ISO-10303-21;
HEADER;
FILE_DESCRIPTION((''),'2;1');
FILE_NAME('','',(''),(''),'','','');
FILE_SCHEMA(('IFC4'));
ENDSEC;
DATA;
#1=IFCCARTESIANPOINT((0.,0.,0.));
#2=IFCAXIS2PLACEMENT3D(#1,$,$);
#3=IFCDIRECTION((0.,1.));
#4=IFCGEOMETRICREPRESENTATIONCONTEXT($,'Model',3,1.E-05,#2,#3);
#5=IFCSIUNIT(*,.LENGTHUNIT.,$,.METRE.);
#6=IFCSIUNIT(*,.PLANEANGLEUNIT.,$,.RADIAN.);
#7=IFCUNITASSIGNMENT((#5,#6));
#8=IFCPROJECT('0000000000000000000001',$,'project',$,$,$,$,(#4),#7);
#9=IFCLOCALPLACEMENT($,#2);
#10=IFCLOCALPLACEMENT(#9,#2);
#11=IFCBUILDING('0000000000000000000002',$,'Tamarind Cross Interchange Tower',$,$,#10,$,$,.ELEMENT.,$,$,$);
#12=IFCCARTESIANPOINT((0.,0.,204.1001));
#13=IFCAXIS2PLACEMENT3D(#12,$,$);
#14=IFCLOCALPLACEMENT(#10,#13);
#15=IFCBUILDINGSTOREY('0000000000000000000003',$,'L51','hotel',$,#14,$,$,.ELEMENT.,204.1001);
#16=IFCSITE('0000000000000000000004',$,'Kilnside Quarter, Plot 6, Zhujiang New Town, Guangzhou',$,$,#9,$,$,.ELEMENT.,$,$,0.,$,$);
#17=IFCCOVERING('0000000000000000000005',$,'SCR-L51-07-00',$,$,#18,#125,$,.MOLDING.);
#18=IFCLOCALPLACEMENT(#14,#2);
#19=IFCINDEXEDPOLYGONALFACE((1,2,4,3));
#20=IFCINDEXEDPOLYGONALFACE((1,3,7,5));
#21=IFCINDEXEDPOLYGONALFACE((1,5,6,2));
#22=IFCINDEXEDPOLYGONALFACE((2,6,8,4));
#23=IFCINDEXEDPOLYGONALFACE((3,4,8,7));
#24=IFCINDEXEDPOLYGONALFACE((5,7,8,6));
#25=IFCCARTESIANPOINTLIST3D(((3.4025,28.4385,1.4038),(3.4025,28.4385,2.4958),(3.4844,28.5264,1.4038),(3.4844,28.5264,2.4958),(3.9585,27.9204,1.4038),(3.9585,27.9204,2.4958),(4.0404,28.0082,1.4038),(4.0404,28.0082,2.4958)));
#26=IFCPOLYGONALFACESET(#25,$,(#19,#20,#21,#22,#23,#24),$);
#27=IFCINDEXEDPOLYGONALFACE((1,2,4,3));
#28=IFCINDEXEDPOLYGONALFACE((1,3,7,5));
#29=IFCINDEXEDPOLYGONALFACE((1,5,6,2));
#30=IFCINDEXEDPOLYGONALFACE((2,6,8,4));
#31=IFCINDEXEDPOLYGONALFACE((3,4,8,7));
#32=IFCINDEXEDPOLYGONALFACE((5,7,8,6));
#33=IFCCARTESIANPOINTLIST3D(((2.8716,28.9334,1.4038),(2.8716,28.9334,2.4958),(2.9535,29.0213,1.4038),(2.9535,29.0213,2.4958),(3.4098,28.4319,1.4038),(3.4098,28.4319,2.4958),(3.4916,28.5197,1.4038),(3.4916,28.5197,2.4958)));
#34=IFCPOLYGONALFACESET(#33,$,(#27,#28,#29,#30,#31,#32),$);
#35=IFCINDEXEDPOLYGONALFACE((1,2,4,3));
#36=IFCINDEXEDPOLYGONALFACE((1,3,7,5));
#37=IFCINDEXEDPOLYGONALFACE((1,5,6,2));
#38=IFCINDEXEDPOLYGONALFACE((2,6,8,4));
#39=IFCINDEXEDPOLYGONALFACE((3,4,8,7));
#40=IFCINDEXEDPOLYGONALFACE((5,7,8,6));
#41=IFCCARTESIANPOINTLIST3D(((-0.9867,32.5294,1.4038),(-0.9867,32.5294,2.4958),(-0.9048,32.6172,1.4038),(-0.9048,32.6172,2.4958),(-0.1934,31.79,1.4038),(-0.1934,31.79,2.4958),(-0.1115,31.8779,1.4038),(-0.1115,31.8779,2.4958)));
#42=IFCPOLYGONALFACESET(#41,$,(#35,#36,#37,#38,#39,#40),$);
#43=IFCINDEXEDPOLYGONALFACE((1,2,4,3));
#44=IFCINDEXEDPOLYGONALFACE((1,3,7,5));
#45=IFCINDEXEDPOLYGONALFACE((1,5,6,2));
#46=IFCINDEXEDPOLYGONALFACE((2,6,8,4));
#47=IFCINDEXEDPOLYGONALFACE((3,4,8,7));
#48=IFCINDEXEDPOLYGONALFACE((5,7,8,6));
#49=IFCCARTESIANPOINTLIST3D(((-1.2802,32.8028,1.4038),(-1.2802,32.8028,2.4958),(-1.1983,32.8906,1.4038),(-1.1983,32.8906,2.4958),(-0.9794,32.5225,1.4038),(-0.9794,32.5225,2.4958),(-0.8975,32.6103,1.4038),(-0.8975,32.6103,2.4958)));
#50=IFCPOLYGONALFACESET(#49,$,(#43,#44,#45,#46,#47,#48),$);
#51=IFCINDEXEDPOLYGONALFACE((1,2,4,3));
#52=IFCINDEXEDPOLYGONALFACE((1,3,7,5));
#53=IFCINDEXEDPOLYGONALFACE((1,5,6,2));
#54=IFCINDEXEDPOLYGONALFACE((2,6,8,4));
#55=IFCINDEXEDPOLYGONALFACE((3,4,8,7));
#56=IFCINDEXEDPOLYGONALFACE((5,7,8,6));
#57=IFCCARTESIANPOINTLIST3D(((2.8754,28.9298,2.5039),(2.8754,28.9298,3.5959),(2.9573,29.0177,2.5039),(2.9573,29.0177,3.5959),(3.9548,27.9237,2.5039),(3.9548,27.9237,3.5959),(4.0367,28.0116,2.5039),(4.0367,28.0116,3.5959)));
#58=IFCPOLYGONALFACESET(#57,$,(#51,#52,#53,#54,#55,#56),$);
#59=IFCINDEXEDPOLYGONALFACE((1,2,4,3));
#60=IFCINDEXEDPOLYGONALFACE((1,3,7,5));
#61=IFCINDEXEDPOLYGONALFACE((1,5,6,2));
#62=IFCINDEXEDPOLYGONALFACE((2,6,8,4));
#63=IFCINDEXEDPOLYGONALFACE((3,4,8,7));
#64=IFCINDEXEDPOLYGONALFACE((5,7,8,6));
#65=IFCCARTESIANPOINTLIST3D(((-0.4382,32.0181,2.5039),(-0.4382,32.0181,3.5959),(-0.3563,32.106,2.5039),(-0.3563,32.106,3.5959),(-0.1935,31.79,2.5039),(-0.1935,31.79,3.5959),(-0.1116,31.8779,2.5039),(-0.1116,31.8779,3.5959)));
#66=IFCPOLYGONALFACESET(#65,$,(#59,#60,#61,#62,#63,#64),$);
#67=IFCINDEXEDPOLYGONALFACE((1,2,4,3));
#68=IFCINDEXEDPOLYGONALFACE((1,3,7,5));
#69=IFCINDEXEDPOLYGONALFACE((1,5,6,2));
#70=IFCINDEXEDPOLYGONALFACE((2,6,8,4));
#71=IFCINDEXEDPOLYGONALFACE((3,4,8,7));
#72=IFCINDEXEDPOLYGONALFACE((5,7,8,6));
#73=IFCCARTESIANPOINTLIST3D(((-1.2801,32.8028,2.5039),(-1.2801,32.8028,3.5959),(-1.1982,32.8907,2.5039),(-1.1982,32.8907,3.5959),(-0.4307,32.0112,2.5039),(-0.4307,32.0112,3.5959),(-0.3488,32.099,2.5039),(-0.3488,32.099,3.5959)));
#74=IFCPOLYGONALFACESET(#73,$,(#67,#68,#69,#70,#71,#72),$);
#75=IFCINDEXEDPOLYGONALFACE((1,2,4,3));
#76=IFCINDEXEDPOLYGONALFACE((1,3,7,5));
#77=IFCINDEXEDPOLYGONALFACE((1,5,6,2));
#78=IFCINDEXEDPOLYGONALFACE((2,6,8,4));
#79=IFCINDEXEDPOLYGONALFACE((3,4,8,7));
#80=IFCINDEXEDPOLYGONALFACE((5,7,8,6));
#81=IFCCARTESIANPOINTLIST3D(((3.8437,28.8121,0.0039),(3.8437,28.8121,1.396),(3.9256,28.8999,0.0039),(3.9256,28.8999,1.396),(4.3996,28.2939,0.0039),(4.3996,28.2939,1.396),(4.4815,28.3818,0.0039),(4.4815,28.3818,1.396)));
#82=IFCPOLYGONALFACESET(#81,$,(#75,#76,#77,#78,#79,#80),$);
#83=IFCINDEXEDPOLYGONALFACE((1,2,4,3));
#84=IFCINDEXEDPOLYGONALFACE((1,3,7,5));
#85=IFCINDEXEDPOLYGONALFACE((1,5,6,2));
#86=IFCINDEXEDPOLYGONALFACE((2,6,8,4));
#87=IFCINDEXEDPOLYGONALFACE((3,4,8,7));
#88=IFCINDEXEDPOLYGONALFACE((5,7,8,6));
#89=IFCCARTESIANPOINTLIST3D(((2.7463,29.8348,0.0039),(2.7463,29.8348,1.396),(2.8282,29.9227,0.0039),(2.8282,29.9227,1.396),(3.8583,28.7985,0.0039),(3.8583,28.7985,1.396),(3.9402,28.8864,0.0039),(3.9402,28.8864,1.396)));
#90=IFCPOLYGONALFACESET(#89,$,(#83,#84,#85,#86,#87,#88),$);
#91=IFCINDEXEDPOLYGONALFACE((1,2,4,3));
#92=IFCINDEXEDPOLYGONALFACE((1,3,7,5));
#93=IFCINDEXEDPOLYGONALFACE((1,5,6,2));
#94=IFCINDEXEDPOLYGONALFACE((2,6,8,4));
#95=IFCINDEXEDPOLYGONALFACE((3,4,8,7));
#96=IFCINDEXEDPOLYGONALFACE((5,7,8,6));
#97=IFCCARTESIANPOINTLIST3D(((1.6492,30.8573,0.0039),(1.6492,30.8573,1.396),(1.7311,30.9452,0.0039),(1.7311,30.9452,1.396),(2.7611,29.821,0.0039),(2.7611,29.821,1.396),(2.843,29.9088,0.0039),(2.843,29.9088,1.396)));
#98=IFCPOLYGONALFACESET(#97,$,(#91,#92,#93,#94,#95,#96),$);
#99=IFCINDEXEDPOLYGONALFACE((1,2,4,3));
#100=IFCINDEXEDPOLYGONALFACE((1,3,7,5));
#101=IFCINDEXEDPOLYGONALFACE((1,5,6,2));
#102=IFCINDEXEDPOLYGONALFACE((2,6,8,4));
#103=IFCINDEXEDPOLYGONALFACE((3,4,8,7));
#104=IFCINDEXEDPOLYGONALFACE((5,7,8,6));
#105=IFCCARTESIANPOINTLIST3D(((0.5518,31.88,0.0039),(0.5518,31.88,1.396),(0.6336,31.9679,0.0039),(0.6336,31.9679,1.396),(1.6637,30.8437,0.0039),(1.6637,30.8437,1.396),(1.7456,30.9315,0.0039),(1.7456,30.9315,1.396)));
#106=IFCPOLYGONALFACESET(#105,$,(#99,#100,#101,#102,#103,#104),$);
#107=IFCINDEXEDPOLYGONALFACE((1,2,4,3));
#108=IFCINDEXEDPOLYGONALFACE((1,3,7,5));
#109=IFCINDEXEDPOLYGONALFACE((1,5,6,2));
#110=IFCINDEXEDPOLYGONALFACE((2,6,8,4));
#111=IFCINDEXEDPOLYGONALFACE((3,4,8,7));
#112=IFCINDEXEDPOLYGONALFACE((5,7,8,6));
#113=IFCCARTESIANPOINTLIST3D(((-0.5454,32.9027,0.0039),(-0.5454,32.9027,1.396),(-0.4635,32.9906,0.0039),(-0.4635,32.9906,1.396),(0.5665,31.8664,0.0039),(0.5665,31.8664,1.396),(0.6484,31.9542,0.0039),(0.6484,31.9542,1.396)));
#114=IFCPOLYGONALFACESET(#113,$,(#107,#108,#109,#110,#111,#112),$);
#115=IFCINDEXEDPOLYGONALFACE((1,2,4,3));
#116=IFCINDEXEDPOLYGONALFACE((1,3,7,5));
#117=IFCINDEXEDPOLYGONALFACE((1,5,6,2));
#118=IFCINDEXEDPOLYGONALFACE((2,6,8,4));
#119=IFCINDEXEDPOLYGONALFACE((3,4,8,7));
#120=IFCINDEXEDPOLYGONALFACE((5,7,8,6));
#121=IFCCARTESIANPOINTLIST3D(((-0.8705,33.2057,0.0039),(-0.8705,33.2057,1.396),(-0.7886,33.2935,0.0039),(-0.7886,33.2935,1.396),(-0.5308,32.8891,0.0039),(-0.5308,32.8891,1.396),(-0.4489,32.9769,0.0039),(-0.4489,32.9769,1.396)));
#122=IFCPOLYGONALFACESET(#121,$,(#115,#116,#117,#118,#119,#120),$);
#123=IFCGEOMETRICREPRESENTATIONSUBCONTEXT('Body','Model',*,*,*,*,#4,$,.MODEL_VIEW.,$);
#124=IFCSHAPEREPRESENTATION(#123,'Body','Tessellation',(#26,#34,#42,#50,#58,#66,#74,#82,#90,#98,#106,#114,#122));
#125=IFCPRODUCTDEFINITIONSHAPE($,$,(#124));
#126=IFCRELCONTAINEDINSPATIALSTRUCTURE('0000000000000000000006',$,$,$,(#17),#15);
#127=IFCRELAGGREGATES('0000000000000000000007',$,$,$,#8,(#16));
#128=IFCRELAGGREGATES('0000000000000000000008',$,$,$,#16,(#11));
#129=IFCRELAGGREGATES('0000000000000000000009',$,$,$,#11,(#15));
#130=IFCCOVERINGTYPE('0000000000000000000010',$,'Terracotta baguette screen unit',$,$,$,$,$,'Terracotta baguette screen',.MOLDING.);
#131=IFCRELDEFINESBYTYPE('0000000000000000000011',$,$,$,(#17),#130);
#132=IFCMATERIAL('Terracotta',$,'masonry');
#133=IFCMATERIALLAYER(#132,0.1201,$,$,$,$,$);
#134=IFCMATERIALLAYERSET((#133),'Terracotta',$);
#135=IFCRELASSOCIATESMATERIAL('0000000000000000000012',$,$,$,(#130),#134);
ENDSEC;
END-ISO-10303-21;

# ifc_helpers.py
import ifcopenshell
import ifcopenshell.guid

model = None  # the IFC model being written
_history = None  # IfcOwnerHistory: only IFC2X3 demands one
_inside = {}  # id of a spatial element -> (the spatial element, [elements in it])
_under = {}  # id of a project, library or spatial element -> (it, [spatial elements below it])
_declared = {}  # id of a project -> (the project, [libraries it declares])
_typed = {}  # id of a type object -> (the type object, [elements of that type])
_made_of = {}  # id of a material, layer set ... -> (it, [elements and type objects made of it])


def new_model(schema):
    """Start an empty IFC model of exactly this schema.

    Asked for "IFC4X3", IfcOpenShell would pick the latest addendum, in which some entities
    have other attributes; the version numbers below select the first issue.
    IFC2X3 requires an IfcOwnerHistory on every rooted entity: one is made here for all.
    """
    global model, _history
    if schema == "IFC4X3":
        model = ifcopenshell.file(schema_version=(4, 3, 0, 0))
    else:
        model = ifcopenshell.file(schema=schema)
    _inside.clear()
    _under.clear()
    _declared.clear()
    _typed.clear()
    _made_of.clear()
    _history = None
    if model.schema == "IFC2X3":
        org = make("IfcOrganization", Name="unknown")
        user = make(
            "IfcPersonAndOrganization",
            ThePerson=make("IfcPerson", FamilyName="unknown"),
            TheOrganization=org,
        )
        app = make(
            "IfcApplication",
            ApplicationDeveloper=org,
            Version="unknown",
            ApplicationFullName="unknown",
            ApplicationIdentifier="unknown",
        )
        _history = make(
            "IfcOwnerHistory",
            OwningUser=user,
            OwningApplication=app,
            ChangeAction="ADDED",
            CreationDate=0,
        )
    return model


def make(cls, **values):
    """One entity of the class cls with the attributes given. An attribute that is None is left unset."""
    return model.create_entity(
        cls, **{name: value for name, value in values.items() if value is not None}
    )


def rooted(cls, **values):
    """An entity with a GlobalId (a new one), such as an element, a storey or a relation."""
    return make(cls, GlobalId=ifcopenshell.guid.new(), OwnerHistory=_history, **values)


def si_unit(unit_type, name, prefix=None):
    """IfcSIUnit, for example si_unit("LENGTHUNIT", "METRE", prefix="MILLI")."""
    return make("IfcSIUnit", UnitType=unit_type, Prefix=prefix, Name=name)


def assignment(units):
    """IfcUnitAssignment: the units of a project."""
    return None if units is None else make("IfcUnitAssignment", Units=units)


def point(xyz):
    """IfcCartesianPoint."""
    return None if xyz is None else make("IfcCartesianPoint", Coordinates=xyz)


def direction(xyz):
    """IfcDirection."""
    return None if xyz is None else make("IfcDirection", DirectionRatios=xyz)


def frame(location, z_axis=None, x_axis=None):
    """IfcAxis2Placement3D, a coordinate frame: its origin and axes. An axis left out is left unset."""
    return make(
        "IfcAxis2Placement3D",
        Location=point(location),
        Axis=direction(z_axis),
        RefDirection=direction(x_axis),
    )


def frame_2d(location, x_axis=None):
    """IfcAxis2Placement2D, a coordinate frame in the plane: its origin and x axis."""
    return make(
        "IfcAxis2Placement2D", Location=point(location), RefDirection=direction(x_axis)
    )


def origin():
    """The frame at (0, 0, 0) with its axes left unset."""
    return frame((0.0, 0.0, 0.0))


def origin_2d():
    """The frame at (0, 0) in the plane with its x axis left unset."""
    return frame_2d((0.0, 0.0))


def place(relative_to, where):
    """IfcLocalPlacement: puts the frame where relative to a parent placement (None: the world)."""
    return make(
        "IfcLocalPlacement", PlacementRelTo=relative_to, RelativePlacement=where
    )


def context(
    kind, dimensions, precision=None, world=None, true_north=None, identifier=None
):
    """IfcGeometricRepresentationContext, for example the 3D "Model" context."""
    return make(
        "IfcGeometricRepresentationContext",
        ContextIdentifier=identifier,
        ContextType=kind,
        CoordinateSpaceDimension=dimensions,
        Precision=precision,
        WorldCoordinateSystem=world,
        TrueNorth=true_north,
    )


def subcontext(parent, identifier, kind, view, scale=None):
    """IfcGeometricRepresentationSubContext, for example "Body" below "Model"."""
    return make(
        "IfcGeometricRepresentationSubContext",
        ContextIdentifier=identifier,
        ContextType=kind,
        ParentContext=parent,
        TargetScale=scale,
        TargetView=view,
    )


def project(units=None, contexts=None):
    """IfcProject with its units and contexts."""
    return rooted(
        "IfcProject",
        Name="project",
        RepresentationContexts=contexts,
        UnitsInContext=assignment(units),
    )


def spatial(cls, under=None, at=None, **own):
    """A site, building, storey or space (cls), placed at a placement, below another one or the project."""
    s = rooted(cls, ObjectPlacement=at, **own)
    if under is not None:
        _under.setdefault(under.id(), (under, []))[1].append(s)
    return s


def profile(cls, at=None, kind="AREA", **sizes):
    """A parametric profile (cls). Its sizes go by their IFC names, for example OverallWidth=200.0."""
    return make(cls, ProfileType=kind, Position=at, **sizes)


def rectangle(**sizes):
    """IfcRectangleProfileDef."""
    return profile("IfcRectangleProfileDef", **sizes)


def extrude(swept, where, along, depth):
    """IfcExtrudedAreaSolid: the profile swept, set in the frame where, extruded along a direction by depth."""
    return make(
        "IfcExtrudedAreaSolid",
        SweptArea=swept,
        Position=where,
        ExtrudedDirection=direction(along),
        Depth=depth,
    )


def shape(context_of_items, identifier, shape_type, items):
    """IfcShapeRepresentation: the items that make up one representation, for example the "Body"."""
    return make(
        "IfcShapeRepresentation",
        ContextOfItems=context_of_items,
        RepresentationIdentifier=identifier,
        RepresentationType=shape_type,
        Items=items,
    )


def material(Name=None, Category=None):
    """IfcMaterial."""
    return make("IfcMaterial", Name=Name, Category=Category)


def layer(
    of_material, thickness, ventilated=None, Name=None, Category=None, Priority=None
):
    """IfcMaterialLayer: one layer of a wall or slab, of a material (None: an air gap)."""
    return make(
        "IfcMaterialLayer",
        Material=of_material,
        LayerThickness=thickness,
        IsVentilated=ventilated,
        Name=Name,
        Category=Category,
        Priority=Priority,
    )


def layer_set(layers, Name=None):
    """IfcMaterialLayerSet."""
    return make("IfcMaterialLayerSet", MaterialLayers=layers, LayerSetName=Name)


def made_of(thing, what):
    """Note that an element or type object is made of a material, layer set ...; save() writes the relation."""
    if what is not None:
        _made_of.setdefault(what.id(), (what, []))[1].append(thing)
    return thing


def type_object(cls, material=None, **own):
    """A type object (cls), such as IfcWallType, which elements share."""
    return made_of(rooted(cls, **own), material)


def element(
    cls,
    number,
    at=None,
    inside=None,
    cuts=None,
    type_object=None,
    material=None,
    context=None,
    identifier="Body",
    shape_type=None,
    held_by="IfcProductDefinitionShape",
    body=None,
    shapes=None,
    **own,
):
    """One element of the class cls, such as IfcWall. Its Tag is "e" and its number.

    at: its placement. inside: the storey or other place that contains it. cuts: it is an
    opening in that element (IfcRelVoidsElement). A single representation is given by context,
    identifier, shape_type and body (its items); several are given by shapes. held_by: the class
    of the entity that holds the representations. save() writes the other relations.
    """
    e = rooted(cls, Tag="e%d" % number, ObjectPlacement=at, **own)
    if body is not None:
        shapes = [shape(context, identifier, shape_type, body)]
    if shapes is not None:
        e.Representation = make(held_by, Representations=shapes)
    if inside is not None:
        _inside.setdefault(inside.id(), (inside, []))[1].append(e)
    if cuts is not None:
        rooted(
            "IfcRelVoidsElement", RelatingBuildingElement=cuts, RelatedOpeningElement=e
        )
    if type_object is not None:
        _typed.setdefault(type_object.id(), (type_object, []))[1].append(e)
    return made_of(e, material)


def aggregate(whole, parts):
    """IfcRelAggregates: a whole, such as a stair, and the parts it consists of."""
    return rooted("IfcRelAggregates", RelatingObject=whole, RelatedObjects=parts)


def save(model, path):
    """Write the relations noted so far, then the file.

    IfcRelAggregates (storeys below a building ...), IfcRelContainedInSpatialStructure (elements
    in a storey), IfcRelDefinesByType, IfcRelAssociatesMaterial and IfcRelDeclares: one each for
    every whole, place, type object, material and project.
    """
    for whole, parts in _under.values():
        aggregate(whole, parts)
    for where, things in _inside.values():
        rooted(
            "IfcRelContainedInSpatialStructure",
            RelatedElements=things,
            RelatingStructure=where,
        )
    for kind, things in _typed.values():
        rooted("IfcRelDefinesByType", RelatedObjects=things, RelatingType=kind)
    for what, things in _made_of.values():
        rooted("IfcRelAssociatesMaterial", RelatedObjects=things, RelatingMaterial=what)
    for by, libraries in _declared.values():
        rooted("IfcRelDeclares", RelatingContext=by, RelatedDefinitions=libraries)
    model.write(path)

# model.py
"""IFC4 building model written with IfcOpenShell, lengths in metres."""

from ifc_helpers import new_model, si_unit, direction, frame, origin, origin_2d, place, context, subcontext, project, spatial, rectangle, extrude, material, layer, layer_set, type_object, element, save


model = new_model("IFC4")

# Units and contexts
model_context = context("Model", 3, precision=1e-05, world=origin(), true_north=direction((0.0, 1.0)))
body_context = subcontext(model_context, "Body", "Model", "MODEL_VIEW")
ifc_project = project(units=[si_unit("LENGTHUNIT", "METRE"), si_unit("PLANEANGLEUNIT", "RADIAN")], contexts=[model_context])

# Site, building, storey
site_placement = place(None, origin())
site = spatial("IfcSite", under=ifc_project, at=site_placement, Name="Kilnside Quarter, Plot 6, Zhujiang New Town, Guangzhou", CompositionType="ELEMENT", RefElevation=0.0)
building_placement = place(site_placement, origin())
building = spatial("IfcBuilding", under=site, at=building_placement, Name="Tamarind Cross Interchange Tower", CompositionType="ELEMENT")
storey_placement = place(building_placement, frame((0.0, 0.0, 204.1001)))
storey = spatial("IfcBuildingStorey", under=building, at=storey_placement, Name="L51", Description="hotel", CompositionType="ELEMENT", Elevation=204.1001)

# Covering
ifc_material_1 = material(Name="Terracotta", Category="masonry")
ifc_layer_1 = layer(ifc_material_1, 0.1201)
ifc_layer_set_1 = layer_set([ifc_layer_1], Name="Terracotta")
covering_type = type_object("IfcCoveringType", Name="Terracotta baguette screen unit", ElementType="Terracotta baguette screen", PredefinedType="MOLDING", material=ifc_layer_set_1)
covering_1_placement = place(storey_placement, origin())
element("IfcCovering", 1, at=covering_1_placement, inside=storey, type_object=covering_type, Name="SCR-L51-07-00", PredefinedType="MOLDING", context=body_context, shape_type="SweptSolid", body=[
    extrude(rectangle(XDim=0.76, YDim=0.1201, at=origin_2d()), frame((3.7214, 28.2234, 1.4038), z_axis=(0.0, 0.0, 1.0), x_axis=(-0.731544, 0.681794, 0.0)), (0.0, 0.0, 1.0), 1.092),
    extrude(rectangle(XDim=0.7356, YDim=0.1201, at=origin_2d()), frame((3.1816, 28.7266, 1.4038), z_axis=(0.0, 0.0, 1.0), x_axis=(-0.731544, 0.681794, 0.0)), (0.0, 0.0, 1.0), 1.092),
    extrude(rectangle(XDim=1.0845, YDim=0.1201, at=origin_2d()), frame((-0.5491, 32.2036, 1.4038), z_axis=(0.0, 0.0, 1.0), x_axis=(-0.731544, 0.681794, 0.0)), (0.0, 0.0, 1.0), 1.092),
    extrude(rectangle(XDim=0.4111, YDim=0.1201, at=origin_2d()), frame((-1.0889, 32.7065, 1.4038), z_axis=(0.0, 0.0, 1.0), x_axis=(-0.731544, 0.681794, 0.0)), (0.0, 0.0, 1.0), 1.092),
    extrude(rectangle(XDim=1.4756, YDim=0.1201, at=origin_2d()), frame((3.4561, 28.4707, 2.5039), z_axis=(0.0, 0.0, 1.0), x_axis=(-0.731544, 0.681794, 0.0)), (0.0, 0.0, 1.0), 1.092),
    extrude(rectangle(XDim=0.3345, YDim=0.1201, at=origin_2d()), frame((-0.2749, 31.948, 2.5039), z_axis=(0.0, 0.0, 1.0), x_axis=(-0.731544, 0.681794, 0.0)), (0.0, 0.0, 1.0), 1.092),
    extrude(rectangle(XDim=1.1611, YDim=0.1201, at=origin_2d()), frame((-0.8145, 32.4509, 2.5039), z_axis=(0.0, 0.0, 1.0), x_axis=(-0.731544, 0.681794, 0.0)), (0.0, 0.0, 1.0), 1.092),
    extrude(rectangle(XDim=0.76, YDim=0.1201, at=origin_2d()), frame((4.1626, 28.5969, 0.0039), z_axis=(0.0, 0.0, 1.0), x_axis=(-0.731544, 0.681794, 0.0)), (0.0, 0.0, 1.0), 1.3921),
    extrude(rectangle(XDim=1.52, YDim=0.1201, at=origin_2d()), frame((3.3433, 29.3606, 0.0039), z_axis=(0.0, 0.0, 1.0), x_axis=(-0.731544, 0.681794, 0.0)), (0.0, 0.0, 1.0), 1.3921),
    extrude(rectangle(XDim=1.52, YDim=0.1201, at=origin_2d()), frame((2.2461, 30.3831, 0.0039), z_axis=(0.0, 0.0, 1.0), x_axis=(-0.731544, 0.681794, 0.0)), (0.0, 0.0, 1.0), 1.3921),
    extrude(rectangle(XDim=1.52, YDim=0.1201, at=origin_2d()), frame((1.1487, 31.4058, 0.0039), z_axis=(0.0, 0.0, 1.0), x_axis=(-0.731544, 0.681794, 0.0)), (0.0, 0.0, 1.0), 1.3921),
    extrude(rectangle(XDim=1.52, YDim=0.1201, at=origin_2d()), frame((0.0515, 32.4285, 0.0039), z_axis=(0.0, 0.0, 1.0), x_axis=(-0.731544, 0.681794, 0.0)), (0.0, 0.0, 1.0), 1.3921),
    extrude(rectangle(XDim=0.4644, YDim=0.1201, at=origin_2d()), frame((-0.6597, 33.0913, 0.0039), z_axis=(0.0, 0.0, 1.0), x_axis=(-0.731544, 0.681794, 0.0)), (0.0, 0.0, 1.0), 1.3921),
])

save(model, "model.ifc")
